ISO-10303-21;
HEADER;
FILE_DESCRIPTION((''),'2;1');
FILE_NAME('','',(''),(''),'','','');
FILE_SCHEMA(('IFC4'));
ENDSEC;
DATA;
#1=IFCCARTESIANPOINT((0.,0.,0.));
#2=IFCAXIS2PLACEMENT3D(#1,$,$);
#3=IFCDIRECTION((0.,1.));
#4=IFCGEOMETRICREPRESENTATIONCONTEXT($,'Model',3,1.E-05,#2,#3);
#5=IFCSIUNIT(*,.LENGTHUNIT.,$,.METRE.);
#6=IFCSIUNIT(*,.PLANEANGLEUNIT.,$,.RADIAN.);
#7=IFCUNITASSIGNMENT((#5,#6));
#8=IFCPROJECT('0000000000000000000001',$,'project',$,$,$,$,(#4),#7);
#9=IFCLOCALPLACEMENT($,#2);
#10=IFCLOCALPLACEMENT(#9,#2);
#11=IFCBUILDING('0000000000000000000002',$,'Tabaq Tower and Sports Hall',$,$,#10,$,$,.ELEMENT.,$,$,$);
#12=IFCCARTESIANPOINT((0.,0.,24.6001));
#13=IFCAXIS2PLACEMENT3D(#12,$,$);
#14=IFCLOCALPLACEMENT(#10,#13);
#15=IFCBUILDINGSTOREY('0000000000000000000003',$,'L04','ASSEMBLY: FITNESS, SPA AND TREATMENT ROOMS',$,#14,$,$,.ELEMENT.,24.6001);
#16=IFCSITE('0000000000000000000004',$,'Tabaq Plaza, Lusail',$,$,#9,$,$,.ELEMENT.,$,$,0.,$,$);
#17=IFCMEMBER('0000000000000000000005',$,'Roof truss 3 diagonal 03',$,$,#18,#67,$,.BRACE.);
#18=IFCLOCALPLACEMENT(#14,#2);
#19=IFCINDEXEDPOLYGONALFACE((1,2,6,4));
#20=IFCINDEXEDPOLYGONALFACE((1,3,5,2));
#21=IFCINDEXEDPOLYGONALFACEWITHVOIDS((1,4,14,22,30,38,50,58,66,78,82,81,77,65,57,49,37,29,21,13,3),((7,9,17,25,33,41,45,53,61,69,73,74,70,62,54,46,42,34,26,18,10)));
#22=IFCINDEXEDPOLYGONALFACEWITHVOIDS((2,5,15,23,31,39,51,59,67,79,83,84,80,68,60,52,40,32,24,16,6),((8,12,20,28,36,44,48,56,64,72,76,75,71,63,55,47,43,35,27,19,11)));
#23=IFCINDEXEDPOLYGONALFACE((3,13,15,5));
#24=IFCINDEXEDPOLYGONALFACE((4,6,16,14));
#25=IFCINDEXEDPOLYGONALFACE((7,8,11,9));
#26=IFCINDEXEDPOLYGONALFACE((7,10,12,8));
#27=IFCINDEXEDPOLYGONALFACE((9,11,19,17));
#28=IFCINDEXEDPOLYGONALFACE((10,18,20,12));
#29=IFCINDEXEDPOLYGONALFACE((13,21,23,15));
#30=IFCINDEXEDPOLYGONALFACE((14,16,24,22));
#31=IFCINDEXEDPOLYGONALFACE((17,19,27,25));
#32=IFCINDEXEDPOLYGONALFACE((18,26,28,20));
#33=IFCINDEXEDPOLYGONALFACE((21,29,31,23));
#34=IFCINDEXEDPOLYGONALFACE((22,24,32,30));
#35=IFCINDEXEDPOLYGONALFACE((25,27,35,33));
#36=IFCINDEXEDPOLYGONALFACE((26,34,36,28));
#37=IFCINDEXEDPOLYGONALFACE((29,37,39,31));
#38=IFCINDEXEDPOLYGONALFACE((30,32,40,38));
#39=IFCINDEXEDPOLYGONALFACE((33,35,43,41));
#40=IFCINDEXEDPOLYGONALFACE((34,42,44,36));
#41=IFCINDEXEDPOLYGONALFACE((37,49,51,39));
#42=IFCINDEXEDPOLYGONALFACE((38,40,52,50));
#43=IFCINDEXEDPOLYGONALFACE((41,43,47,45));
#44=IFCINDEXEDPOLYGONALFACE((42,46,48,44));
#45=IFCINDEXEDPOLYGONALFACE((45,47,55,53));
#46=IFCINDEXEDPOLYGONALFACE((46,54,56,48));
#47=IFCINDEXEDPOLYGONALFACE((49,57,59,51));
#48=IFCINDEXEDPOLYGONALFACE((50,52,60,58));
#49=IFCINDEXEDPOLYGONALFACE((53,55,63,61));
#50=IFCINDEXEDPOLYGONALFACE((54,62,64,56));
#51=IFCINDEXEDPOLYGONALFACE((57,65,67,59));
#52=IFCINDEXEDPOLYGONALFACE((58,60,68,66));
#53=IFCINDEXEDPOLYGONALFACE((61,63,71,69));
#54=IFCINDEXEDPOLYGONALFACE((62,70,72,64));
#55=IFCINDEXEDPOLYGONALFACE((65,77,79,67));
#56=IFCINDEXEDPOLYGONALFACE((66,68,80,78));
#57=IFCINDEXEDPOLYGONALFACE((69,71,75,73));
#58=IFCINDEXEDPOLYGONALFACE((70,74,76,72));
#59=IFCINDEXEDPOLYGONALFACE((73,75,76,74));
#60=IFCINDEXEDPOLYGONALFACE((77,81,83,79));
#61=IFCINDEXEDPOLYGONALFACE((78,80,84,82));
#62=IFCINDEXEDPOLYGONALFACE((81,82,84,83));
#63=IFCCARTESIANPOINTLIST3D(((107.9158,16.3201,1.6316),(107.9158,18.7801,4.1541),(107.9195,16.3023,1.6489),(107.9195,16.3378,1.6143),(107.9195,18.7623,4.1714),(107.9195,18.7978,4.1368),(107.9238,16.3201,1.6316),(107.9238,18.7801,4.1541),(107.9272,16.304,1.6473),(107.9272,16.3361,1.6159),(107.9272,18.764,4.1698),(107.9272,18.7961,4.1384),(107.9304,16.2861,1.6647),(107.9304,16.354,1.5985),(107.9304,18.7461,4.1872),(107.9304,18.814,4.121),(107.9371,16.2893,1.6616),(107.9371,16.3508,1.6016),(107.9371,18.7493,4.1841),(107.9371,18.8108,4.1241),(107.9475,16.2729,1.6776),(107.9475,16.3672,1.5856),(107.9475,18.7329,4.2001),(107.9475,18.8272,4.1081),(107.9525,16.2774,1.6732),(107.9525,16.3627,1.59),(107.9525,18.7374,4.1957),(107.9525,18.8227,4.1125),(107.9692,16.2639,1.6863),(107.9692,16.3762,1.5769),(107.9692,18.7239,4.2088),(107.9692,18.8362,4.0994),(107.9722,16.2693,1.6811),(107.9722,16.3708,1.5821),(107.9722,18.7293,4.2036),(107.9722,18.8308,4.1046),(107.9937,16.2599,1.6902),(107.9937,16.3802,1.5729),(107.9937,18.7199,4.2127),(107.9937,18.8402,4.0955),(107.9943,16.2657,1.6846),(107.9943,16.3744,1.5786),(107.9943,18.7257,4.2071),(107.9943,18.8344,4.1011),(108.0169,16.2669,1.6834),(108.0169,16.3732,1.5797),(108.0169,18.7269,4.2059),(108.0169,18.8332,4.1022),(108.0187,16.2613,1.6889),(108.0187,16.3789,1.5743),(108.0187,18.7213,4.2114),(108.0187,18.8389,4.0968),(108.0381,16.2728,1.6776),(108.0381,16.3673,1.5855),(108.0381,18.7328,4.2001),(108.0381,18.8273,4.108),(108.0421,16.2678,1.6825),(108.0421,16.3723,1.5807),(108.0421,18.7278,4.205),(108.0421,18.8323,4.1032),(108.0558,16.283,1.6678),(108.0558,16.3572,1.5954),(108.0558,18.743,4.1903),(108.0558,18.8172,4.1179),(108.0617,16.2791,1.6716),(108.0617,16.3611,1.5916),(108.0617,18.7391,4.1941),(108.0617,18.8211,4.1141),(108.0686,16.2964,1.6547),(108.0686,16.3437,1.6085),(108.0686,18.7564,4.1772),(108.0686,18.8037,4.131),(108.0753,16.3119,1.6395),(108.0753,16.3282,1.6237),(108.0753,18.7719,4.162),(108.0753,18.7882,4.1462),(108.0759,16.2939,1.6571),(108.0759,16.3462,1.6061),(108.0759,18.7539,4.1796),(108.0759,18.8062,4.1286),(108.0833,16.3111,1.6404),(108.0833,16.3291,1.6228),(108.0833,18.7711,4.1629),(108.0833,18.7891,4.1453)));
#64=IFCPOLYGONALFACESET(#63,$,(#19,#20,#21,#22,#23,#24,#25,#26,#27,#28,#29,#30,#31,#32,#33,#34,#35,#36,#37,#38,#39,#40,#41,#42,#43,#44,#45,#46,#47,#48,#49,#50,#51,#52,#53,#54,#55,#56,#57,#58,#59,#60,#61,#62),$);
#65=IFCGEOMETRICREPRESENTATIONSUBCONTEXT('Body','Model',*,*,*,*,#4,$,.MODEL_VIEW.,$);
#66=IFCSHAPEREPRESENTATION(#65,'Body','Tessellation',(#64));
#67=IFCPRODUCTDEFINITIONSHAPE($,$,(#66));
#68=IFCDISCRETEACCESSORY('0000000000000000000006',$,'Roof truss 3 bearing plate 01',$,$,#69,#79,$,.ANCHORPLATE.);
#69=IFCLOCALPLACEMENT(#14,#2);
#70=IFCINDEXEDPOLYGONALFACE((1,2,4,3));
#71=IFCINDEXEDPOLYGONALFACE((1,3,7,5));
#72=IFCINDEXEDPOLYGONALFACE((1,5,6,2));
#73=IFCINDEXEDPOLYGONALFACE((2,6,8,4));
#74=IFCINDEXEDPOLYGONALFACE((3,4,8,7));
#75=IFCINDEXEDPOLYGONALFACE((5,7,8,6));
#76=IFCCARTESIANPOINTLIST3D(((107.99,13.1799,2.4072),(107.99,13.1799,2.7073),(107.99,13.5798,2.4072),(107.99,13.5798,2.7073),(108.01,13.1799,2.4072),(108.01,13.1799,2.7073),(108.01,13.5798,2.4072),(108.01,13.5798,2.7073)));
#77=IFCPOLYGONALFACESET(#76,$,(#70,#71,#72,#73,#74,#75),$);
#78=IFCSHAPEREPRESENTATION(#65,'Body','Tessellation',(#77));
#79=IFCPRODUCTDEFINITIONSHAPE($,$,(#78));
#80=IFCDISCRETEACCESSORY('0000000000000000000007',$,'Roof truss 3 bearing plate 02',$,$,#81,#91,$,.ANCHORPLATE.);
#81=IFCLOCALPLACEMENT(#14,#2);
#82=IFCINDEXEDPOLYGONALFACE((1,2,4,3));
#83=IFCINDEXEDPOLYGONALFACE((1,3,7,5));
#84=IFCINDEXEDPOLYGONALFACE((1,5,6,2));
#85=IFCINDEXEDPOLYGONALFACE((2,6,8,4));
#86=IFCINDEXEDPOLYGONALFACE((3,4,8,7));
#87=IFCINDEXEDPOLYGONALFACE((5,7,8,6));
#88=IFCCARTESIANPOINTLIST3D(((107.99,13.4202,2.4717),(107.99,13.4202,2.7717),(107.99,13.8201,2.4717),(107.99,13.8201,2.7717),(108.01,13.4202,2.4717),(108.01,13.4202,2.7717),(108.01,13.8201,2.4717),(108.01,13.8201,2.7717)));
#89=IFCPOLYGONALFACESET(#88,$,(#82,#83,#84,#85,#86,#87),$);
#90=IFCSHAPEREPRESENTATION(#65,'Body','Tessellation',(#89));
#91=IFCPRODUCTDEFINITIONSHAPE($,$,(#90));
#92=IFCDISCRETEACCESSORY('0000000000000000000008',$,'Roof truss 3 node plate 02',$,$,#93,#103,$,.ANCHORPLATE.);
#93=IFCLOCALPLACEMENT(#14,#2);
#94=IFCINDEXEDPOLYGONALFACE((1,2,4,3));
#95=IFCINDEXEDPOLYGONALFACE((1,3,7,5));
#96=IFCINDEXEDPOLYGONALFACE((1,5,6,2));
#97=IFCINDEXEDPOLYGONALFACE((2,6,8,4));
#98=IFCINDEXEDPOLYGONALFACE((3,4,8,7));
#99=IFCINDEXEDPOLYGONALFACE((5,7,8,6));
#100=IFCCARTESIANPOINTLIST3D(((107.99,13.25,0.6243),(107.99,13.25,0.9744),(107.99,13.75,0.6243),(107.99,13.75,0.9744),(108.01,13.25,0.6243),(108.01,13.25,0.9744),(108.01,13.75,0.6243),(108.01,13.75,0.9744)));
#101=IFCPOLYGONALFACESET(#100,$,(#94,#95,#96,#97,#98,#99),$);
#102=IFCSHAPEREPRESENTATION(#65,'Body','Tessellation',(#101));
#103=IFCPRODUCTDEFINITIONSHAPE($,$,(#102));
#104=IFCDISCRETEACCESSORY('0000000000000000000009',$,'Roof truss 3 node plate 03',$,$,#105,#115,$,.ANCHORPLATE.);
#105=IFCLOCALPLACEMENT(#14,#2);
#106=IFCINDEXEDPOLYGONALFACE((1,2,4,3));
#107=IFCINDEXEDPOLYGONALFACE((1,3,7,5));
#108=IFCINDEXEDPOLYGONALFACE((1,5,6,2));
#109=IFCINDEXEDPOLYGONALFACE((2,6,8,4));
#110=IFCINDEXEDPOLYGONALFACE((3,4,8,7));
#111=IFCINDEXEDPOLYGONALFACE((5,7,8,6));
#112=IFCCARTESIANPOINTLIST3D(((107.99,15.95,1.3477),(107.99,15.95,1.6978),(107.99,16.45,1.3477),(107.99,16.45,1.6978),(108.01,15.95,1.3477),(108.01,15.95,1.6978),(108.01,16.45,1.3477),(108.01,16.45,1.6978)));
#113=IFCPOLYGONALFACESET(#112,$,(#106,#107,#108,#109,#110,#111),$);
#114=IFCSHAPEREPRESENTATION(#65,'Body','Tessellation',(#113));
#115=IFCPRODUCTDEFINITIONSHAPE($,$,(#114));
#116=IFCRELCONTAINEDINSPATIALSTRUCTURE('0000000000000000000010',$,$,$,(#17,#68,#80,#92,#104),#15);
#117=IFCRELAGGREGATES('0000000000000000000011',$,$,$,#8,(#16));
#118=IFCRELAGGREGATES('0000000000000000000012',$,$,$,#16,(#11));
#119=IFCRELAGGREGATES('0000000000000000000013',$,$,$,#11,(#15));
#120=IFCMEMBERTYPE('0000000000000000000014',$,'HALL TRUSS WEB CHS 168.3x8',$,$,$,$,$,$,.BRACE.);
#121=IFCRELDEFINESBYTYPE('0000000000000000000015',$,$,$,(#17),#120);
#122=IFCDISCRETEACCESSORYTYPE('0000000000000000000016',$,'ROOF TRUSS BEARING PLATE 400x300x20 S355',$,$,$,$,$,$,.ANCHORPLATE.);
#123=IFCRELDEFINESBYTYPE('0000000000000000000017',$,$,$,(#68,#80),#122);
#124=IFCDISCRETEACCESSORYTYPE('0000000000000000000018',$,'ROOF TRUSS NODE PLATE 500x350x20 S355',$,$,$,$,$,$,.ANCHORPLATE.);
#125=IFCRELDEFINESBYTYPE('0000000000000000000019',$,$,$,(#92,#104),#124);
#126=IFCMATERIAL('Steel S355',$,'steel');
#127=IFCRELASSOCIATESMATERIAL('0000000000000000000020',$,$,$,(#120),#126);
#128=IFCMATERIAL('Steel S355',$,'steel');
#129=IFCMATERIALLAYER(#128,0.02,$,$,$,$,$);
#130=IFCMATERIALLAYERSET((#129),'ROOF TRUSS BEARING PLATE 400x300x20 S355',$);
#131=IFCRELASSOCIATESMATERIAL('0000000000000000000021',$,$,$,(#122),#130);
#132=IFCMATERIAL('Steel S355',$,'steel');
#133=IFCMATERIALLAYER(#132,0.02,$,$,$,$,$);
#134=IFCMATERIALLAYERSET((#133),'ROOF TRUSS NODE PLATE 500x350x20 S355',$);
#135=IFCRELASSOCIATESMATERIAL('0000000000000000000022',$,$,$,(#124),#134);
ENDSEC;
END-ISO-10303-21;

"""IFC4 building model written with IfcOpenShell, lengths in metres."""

from ifc_helpers import new_model, si_unit, direction, frame, origin, origin_2d, place, context, subcontext, project, spatial, rectangle, hollow_circle, extrude, material, layer, layer_set, material_profile, profile_set, type_object, element, save


model = new_model("IFC4")

# Units and contexts
model_context = context("Model", 3, precision=1e-05, world=origin(), true_north=direction((0.0, 1.0)))
body_context = subcontext(model_context, "Body", "Model", "MODEL_VIEW")
ifc_project = project(units=[si_unit("LENGTHUNIT", "METRE"), si_unit("PLANEANGLEUNIT", "RADIAN")], contexts=[model_context])

# Site, building, storey
site_placement = place(None, origin())
site = spatial("IfcSite", under=ifc_project, at=site_placement, Name="Tabaq Plaza, Lusail", CompositionType="ELEMENT", RefElevation=0.0)
building_placement = place(site_placement, origin())
building = spatial("IfcBuilding", under=site, at=building_placement, Name="Tabaq Tower and Sports Hall", CompositionType="ELEMENT")
storey_placement = place(building_placement, frame((0.0, 0.0, 24.6001)))
storey = spatial("IfcBuildingStorey", under=building, at=storey_placement, Name="L04", Description="ASSEMBLY: FITNESS, SPA AND TREATMENT ROOMS", CompositionType="ELEMENT", Elevation=24.6001)

# Member
ifc_material_1 = material(Name="Steel S355", Category="steel")
ifc_material_profile_1 = material_profile(ifc_material_1, hollow_circle(Radius=0.0842, WallThickness=0.0081, at=origin_2d()), Name="CHS 168.3x8")
ifc_profile_set_1 = profile_set([ifc_material_profile_1], Name="Steel S355")
member_type_1 = type_object("IfcMemberType", Name="HALL TRUSS WEB CHS 168.3x8", PredefinedType="BRACE", material=ifc_profile_set_1)
member_1_placement = place(storey_placement, frame((108.0, 16.3201, 1.6316), z_axis=(0.0, 0.698182, 0.71592), x_axis=(-1.0, 0.0, 0.0)))
element("IfcMember", 1, at=member_1_placement, inside=storey, type_object=member_type_1, Name="Roof truss 3 diagonal 03", PredefinedType="BRACE", context=body_context, shape_type="SweptSolid", body=[
    extrude(hollow_circle(Radius=0.0842, WallThickness=0.0081, at=origin_2d()), origin(), (0.0, 0.0, 1.0), 3.5234),
])

# Discrete accessories
ifc_material_2 = material(Name="Steel S355", Category="steel")
ifc_layer_1 = layer(ifc_material_2, 0.02)
ifc_layer_set_1 = layer_set([ifc_layer_1], Name="ROOF TRUSS BEARING PLATE 400x300x20 S355")
discrete_accessory_type_1 = type_object("IfcDiscreteAccessoryType", Name="ROOF TRUSS BEARING PLATE 400x300x20 S355", PredefinedType="ANCHORPLATE", material=ifc_layer_set_1)
for number, where, z_axis, x_axis, name in (
    (2, (108.0, 13.3799, 2.4072), (0.0, 0.0, 1.0), (1.0, 0.0, 0.0), "Roof truss 3 bearing plate 01"),
    (3, (108.0, 13.6201, 2.4717), (0.0, 0.0, 1.0), (1.0, 0.0, 0.0), "Roof truss 3 bearing plate 02"),
):
    element("IfcDiscreteAccessory", number, at=place(storey_placement, frame(where, z_axis=z_axis, x_axis=x_axis)), inside=storey, type_object=discrete_accessory_type_1, Name=name, PredefinedType="ANCHORPLATE", context=body_context, shape_type="SweptSolid", body=[
        extrude(rectangle(XDim=0.02, YDim=0.3999, at=origin_2d()), origin(), (0.0, 0.0, 1.0), 0.3),
    ])
ifc_material_3 = material(Name="Steel S355", Category="steel")
ifc_layer_2 = layer(ifc_material_3, 0.02)
ifc_layer_set_2 = layer_set([ifc_layer_2], Name="ROOF TRUSS NODE PLATE 500x350x20 S355")
discrete_accessory_type_2 = type_object("IfcDiscreteAccessoryType", Name="ROOF TRUSS NODE PLATE 500x350x20 S355", PredefinedType="ANCHORPLATE", material=ifc_layer_set_2)
for number, where, z_axis, x_axis, name in (
    (4, (108.0, 13.5, 0.6243), (0.0, 0.0, 1.0), (1.0, 0.0, 0.0), "Roof truss 3 node plate 02"),
    (5, (108.0, 16.2, 1.3477), (0.0, 0.0, 1.0), (1.0, 0.0, 0.0), "Roof truss 3 node plate 03"),
):
    element("IfcDiscreteAccessory", number, at=place(storey_placement, frame(where, z_axis=z_axis, x_axis=x_axis)), inside=storey, type_object=discrete_accessory_type_2, Name=name, PredefinedType="ANCHORPLATE", context=body_context, shape_type="SweptSolid", body=[
        extrude(rectangle(XDim=0.02, YDim=0.5, at=origin_2d()), origin(), (0.0, 0.0, 1.0), 0.3501),
    ])

save(model, "model.ifc")
